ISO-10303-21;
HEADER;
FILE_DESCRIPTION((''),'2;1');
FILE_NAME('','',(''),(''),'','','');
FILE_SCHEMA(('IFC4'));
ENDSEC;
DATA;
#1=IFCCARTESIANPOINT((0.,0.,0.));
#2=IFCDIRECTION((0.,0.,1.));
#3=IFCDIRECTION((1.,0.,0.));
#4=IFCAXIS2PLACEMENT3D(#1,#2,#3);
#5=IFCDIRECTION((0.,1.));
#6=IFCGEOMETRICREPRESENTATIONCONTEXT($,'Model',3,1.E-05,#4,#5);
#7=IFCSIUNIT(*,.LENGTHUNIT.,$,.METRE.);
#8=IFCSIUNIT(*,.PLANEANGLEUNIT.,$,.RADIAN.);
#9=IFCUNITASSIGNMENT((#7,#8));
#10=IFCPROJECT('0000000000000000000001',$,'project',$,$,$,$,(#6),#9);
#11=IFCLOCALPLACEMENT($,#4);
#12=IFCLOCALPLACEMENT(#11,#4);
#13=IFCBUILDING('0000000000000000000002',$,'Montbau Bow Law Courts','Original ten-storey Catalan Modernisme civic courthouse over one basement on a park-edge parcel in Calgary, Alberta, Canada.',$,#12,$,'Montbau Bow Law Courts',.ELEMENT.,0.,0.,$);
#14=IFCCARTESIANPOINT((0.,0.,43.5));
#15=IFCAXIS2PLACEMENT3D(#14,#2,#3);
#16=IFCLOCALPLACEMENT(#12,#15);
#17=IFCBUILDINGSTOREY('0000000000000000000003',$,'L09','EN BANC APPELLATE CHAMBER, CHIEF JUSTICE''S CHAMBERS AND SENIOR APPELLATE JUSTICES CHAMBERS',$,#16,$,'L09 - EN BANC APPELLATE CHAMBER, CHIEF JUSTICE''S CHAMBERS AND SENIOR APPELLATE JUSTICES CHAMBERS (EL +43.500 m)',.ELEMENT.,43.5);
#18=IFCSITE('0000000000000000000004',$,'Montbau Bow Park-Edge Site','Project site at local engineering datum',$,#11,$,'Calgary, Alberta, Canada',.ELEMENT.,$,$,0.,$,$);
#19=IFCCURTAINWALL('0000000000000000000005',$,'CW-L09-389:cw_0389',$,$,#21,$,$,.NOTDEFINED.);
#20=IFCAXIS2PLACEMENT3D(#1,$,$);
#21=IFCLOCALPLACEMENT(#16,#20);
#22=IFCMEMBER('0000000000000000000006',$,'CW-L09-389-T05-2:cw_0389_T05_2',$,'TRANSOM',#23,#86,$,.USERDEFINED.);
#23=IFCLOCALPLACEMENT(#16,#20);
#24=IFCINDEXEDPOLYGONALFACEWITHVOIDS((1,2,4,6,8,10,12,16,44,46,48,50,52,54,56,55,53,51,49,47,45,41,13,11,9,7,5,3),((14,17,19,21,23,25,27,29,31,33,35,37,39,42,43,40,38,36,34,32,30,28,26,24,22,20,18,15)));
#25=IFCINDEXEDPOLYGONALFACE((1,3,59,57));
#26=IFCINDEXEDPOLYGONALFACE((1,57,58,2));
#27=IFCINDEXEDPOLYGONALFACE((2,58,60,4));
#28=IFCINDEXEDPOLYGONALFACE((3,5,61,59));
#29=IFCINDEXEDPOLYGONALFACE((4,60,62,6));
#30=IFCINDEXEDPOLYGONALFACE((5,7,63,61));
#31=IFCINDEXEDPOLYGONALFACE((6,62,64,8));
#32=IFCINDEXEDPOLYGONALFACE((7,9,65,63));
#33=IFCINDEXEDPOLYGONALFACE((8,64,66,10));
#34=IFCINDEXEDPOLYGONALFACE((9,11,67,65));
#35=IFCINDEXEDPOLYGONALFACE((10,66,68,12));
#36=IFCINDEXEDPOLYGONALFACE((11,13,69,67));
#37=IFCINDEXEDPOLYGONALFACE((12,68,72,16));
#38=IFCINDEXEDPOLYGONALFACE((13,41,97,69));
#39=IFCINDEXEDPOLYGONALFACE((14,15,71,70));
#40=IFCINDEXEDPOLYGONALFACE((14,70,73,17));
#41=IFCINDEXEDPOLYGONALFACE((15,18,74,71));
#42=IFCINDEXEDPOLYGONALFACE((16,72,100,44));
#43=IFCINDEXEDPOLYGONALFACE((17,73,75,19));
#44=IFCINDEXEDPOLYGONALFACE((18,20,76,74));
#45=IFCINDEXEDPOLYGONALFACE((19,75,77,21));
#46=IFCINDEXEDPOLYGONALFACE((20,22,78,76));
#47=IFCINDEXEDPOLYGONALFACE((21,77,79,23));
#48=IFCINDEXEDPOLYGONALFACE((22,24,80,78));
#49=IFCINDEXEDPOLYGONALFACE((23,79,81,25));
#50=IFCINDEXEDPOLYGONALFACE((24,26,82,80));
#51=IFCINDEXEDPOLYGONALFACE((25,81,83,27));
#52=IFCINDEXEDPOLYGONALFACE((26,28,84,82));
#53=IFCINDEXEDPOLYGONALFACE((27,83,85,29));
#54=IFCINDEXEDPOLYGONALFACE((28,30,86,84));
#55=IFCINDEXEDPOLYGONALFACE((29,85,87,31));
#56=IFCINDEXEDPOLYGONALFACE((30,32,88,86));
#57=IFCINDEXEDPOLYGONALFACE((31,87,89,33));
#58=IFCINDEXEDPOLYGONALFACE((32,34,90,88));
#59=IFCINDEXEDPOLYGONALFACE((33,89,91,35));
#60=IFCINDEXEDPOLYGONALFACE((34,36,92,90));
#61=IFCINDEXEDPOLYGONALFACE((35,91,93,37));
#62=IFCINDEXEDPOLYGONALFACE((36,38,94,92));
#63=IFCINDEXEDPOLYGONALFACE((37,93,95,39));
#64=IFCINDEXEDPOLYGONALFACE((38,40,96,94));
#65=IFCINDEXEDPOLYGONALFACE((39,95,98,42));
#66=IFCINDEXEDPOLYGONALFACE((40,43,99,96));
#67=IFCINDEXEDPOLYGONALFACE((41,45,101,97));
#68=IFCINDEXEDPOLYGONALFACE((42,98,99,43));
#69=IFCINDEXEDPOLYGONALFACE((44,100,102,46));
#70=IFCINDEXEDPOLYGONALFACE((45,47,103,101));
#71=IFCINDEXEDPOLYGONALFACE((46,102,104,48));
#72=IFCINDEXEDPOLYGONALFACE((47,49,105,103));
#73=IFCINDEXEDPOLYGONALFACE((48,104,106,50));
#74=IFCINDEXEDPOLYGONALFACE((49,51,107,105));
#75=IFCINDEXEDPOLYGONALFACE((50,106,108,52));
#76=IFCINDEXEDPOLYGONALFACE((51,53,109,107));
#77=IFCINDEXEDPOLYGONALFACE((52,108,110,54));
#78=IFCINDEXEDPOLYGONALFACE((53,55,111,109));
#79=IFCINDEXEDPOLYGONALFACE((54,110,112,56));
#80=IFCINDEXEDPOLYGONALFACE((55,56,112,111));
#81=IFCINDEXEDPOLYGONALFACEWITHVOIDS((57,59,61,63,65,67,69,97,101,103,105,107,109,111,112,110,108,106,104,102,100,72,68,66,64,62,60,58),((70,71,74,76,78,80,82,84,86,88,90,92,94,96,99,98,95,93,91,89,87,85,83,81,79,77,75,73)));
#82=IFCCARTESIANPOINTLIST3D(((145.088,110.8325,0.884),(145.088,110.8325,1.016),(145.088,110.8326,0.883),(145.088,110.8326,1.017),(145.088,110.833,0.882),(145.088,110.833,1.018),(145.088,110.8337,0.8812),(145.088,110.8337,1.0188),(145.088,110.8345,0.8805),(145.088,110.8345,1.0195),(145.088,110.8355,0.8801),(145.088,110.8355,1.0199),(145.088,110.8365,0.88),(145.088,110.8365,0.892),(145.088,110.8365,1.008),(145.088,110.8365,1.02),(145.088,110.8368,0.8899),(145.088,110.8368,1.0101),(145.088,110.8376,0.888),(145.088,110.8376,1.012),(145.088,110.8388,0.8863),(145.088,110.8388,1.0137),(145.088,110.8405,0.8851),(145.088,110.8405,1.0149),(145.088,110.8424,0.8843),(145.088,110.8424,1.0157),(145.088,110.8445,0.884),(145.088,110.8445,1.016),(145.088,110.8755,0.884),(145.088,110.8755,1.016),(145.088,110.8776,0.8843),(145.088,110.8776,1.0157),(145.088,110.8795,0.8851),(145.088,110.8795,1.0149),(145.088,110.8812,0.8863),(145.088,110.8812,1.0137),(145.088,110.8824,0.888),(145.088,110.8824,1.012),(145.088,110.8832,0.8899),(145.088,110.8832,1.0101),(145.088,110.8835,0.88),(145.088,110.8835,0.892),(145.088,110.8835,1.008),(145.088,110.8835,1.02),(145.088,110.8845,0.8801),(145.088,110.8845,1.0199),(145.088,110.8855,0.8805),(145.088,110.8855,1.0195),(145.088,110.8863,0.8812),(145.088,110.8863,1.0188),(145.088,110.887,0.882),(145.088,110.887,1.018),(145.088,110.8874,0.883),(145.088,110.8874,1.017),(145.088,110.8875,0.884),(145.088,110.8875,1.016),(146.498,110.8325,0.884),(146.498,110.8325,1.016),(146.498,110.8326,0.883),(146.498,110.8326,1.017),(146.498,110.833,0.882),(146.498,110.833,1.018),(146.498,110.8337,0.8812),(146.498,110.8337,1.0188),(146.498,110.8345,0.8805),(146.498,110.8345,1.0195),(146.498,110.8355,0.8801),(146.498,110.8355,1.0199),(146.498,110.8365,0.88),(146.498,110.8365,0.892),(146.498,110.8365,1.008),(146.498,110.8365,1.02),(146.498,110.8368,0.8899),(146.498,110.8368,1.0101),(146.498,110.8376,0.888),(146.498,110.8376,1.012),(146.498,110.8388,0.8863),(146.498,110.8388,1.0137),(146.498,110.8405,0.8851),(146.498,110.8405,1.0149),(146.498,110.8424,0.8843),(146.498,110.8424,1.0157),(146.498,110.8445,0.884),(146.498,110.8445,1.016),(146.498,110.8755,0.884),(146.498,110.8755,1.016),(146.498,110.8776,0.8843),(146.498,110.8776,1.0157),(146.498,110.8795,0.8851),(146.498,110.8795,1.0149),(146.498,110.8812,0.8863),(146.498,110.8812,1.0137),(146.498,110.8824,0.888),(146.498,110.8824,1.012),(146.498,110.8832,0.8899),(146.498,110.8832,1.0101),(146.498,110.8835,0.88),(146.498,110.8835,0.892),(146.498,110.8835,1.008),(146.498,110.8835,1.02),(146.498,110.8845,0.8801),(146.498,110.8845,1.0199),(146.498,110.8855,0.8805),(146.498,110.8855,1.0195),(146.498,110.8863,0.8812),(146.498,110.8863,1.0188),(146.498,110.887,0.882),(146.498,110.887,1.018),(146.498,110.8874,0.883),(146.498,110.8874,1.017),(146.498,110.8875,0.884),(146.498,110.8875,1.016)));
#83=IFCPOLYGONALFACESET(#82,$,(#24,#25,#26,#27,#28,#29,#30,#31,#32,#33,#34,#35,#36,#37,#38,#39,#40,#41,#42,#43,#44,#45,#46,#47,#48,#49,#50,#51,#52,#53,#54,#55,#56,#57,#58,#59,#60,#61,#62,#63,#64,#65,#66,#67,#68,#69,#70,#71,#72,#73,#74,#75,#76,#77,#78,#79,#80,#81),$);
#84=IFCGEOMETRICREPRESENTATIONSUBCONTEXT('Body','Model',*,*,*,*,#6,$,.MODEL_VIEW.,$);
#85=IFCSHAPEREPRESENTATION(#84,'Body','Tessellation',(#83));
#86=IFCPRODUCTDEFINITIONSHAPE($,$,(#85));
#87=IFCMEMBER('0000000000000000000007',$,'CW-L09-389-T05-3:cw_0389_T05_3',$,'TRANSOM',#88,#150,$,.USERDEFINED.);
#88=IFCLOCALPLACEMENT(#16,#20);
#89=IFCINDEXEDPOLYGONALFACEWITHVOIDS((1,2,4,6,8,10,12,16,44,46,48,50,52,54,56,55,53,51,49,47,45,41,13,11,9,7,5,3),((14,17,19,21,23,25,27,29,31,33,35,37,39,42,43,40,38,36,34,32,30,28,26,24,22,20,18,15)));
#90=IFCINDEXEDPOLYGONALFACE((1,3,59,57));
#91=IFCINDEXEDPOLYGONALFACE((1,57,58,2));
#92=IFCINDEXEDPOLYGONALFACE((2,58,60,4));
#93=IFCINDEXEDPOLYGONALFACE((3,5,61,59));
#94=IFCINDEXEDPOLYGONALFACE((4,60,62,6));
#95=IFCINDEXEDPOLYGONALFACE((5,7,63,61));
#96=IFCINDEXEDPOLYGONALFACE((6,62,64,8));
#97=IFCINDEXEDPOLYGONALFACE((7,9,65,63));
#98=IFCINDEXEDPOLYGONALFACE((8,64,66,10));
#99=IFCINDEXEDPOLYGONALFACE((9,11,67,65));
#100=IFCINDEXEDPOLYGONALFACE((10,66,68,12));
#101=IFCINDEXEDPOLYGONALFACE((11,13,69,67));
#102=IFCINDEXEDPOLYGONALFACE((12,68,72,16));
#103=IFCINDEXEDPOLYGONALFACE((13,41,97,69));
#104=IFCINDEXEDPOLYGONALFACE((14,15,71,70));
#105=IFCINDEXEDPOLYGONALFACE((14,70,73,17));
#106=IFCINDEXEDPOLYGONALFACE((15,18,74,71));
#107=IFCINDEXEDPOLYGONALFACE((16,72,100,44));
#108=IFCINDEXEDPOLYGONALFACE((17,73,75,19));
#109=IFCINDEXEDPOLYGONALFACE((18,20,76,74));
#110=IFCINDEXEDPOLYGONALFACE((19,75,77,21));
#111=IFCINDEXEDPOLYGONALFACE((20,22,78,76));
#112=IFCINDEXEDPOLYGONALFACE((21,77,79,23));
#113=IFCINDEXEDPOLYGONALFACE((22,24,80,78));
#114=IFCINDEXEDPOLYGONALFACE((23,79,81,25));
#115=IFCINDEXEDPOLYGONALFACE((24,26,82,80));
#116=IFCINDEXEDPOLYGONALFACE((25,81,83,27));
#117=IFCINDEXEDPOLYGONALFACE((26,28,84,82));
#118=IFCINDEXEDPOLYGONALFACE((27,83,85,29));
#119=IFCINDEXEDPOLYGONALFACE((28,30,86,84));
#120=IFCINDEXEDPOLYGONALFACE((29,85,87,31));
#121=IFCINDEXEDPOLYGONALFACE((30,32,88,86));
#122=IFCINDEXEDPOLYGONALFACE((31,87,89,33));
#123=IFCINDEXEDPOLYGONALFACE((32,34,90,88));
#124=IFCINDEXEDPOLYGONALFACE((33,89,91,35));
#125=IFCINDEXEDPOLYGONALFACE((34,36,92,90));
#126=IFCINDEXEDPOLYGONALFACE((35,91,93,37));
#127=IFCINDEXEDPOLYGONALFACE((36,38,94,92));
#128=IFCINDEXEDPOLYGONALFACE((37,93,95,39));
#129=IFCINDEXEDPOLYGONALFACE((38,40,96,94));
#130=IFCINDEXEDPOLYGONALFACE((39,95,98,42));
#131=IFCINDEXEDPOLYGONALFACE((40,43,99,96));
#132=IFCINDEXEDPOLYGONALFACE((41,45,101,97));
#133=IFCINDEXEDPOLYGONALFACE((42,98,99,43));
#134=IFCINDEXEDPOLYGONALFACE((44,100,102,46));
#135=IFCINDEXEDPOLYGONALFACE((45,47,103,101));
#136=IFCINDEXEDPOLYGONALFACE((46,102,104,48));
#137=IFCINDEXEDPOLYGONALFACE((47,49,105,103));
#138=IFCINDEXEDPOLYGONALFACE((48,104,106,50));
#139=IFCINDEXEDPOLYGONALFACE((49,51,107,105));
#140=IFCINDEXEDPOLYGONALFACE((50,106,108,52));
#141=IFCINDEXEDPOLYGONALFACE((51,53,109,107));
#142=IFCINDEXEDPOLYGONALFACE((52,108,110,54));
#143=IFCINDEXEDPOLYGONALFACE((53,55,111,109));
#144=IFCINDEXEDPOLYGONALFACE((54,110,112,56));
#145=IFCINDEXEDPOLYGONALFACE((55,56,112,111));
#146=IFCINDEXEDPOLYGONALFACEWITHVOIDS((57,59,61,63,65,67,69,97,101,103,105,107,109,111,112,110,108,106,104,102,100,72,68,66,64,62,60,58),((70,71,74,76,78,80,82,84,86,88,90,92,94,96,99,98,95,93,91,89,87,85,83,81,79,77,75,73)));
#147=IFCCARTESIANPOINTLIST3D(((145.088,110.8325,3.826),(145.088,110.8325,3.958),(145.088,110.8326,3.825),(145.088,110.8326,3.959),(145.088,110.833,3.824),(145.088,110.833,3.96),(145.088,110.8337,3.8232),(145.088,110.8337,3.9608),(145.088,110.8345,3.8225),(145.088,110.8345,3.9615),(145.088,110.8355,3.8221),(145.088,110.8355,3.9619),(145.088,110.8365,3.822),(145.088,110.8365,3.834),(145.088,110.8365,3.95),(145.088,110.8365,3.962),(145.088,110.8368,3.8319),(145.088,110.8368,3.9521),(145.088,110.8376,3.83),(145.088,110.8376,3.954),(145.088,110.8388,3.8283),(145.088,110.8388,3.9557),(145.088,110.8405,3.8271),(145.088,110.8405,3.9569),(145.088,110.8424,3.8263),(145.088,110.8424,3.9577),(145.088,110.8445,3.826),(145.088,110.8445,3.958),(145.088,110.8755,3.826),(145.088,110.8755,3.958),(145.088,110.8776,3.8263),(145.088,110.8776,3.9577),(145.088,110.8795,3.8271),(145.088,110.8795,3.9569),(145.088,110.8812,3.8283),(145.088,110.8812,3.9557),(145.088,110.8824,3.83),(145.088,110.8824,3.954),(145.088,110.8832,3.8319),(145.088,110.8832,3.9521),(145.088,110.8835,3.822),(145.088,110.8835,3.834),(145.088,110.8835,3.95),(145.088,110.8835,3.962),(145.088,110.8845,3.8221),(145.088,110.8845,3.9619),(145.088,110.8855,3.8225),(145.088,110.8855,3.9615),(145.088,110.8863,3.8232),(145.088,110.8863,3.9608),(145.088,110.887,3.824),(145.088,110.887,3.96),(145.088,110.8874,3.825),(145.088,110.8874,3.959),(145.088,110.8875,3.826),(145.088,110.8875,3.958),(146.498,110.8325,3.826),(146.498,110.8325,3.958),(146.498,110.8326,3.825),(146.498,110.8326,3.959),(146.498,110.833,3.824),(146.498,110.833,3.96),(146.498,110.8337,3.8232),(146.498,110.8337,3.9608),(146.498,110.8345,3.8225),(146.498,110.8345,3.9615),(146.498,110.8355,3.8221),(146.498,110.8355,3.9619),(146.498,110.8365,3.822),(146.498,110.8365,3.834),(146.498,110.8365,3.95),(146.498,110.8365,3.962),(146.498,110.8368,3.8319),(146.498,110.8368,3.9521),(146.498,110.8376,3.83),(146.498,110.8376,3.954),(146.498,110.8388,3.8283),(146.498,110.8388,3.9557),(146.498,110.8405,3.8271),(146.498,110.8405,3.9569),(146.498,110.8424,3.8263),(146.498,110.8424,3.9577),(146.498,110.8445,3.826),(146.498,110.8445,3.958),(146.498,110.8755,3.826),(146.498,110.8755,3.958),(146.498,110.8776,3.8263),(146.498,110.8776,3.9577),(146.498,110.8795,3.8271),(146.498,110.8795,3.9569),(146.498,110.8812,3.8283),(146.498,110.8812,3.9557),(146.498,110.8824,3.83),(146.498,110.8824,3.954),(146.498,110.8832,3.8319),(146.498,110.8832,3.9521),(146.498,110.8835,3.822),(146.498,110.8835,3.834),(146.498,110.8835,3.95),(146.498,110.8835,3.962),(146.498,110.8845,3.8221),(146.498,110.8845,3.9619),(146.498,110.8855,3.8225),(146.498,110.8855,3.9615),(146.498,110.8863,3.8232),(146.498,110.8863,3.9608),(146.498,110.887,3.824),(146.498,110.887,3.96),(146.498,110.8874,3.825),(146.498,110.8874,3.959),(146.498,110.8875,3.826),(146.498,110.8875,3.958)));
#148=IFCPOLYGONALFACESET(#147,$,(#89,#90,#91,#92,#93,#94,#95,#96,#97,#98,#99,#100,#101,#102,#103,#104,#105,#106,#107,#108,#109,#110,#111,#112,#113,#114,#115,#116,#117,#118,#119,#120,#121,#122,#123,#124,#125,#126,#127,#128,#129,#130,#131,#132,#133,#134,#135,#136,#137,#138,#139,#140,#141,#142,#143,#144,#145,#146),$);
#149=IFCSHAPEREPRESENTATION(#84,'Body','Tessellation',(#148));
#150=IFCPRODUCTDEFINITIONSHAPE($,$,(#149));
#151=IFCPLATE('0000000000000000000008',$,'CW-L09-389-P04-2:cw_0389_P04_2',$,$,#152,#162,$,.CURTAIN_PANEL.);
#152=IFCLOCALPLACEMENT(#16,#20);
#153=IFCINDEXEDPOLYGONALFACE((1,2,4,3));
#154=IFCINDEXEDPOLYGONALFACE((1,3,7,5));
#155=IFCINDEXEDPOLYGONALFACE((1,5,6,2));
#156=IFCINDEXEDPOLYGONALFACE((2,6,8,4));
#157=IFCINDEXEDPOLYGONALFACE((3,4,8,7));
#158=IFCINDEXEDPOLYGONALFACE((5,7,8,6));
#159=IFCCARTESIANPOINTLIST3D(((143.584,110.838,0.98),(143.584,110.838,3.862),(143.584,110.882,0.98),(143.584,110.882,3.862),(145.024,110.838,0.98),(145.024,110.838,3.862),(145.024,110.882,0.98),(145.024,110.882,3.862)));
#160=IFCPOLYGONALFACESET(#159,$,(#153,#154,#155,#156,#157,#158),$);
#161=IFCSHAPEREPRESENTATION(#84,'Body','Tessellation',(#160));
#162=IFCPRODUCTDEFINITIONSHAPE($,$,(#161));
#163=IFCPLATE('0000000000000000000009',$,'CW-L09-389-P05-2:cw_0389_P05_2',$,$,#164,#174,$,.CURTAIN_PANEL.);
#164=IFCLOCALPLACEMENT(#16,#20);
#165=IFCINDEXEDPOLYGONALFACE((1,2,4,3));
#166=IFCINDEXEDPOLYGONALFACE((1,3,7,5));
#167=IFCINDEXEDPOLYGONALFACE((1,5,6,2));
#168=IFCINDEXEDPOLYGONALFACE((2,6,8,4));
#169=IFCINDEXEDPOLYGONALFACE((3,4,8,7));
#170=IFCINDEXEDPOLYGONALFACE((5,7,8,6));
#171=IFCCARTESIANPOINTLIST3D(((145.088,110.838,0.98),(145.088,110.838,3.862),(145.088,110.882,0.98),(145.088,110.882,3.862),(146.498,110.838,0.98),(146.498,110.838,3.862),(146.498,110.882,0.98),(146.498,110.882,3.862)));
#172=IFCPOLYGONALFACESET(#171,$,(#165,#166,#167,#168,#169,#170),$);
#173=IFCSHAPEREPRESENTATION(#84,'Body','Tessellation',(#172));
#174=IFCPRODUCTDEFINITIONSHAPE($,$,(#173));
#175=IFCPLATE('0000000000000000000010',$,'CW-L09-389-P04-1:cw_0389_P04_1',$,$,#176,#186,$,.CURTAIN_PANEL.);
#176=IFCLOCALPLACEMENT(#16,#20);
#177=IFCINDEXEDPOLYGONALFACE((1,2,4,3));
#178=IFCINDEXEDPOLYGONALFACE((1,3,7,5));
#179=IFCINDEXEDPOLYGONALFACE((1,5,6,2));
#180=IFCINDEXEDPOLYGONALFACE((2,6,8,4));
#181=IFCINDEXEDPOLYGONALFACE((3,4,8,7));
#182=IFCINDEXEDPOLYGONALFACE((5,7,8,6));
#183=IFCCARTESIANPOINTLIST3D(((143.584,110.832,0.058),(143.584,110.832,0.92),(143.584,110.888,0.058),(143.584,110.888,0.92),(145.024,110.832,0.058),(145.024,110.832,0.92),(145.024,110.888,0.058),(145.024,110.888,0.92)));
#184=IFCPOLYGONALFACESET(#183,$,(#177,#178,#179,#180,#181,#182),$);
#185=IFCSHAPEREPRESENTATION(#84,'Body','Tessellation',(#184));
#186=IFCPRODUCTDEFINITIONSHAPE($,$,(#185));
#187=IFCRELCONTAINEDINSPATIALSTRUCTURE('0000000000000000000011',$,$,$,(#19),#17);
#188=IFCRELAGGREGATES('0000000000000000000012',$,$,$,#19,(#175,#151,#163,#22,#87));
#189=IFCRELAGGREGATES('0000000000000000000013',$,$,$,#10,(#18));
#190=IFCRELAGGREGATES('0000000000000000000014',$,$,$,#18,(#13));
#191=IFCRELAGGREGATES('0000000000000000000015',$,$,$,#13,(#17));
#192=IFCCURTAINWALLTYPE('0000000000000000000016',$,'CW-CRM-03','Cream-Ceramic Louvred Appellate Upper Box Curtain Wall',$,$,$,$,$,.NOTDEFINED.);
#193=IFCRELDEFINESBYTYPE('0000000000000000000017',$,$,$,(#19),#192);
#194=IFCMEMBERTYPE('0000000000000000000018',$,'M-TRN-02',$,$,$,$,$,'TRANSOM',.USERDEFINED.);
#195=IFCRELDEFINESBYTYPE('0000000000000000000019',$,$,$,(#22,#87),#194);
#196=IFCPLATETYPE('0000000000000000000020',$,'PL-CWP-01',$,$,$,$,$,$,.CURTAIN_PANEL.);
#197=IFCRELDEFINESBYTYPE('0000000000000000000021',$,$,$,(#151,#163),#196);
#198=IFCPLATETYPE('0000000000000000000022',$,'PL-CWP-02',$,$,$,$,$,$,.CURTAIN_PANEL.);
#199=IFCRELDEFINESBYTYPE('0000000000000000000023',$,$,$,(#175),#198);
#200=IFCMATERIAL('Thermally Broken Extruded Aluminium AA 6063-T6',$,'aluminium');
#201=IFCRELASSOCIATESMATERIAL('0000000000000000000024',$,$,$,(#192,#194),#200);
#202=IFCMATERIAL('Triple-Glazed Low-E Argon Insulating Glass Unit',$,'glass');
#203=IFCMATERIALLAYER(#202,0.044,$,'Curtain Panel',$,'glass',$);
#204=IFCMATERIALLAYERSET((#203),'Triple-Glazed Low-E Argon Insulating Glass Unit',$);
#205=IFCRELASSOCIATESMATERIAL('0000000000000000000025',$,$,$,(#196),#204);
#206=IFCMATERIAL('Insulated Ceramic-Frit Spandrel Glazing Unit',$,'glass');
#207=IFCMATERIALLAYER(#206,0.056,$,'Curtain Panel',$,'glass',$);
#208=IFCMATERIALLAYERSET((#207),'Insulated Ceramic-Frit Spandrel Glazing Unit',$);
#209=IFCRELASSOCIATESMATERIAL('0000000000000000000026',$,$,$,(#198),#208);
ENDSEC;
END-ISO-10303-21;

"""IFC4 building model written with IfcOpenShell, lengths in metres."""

from ifc_helpers import new_model, si_unit, direction, frame, frame_2d, origin_with_axes, origin_2d_with_axis, place, context, subcontext, project, spatial, rectangle, hollow_rectangle, extrude, material, layer, layer_set, material_profile, profile_set, type_object, element, aggregate, save


model = new_model("IFC4")

# Units and contexts
model_context = context("Model", 3, precision=1e-05, world=origin_with_axes(), true_north=direction((0.0, 1.0)))
body_context = subcontext(model_context, "Body", "Model", "MODEL_VIEW")
ifc_project = project(units=[si_unit("LENGTHUNIT", "METRE"), si_unit("PLANEANGLEUNIT", "RADIAN")], contexts=[model_context])

# Site, building, storey
site_placement = place(None, origin_with_axes())
site = spatial("IfcSite", under=ifc_project, at=site_placement, Name="Montbau Bow Park-Edge Site", Description="Project site at local engineering datum", LongName="Calgary, Alberta, Canada", CompositionType="ELEMENT", RefElevation=0.0)
building_placement = place(site_placement, origin_with_axes())
building = spatial("IfcBuilding", under=site, at=building_placement, Name="Montbau Bow Law Courts", Description="Original ten-storey Catalan Modernisme civic courthouse over one basement on a park-edge parcel in Calgary, Alberta, Canada.", LongName="Montbau Bow Law Courts", CompositionType="ELEMENT", ElevationOfRefHeight=0.0, ElevationOfTerrain=0.0)
storey_placement = place(building_placement, frame((0.0, 0.0, 43.5), z_axis=(0.0, 0.0, 1.0), x_axis=(1.0, 0.0, 0.0)))
storey = spatial("IfcBuildingStorey", under=building, at=storey_placement, Name="L09", Description="EN BANC APPELLATE CHAMBER, CHIEF JUSTICE'S CHAMBERS AND SENIOR APPELLATE JUSTICES CHAMBERS", LongName="L09 - EN BANC APPELLATE CHAMBER, CHIEF JUSTICE'S CHAMBERS AND SENIOR APPELLATE JUSTICES CHAMBERS (EL +43.500 m)", CompositionType="ELEMENT", Elevation=43.5)

# Curtain wall, members, plates
ifc_material_1 = material(Name="Thermally Broken Extruded Aluminium AA 6063-T6", Category="aluminium")
curtain_wall_type = type_object("IfcCurtainWallType", Name="CW-CRM-03", Description="Cream-Ceramic Louvred Appellate Upper Box Curtain Wall", PredefinedType="NOTDEFINED", material=ifc_material_1)
curtain_wall_placement = place(None, frame((139.04, 110.86, 43.5), z_axis=(0.0, 0.0, 1.0), x_axis=(1.0, 0.0, 0.0)))
curtain_wall = element("IfcCurtainWall", 1, at=curtain_wall_placement, inside=storey, type_object=curtain_wall_type, Name="CW-L09-389:cw_0389", PredefinedType="NOTDEFINED")
ifc_material_profile_1 = material_profile(ifc_material_1, hollow_rectangle(XDim=0.055, YDim=0.14, WallThickness=0.004, InnerFilletRadius=0.008, OuterFilletRadius=0.004, at=origin_2d_with_axis()), Name="CWT-140X55", Category="Main", Priority=0)
ifc_profile_set_1 = profile_set([ifc_material_profile_1], Name="Thermally Broken Extruded Aluminium AA 6063-T6")
member_type_1 = type_object("IfcMemberType", Name="M-TRN-02", ElementType="TRANSOM", PredefinedType="USERDEFINED", material=ifc_profile_set_1)
member_1_placement = place(None, frame((145.088, 110.86, 44.45), z_axis=(1.0, 0.0, 0.0), x_axis=(0.0, 1.0, 0.0)))
member_1 = element("IfcMember", 2, at=member_1_placement, type_object=member_type_1, Name="CW-L09-389-T05-2:cw_0389_T05_2", ObjectType="TRANSOM", PredefinedType="USERDEFINED", context=body_context, shape_type="SweptSolid", body=[
    extrude(hollow_rectangle(XDim=0.055, YDim=0.14, WallThickness=0.004, InnerFilletRadius=0.008, OuterFilletRadius=0.004, at=origin_2d_with_axis()), origin_with_axes(), (0.0, 0.0, 1.0), 1.41),
])
member_2_placement = place(None, frame((145.088, 110.86, 47.392), z_axis=(1.0, 0.0, 0.0), x_axis=(0.0, 1.0, 0.0)))
member_2 = element("IfcMember", 3, at=member_2_placement, type_object=member_type_1, Name="CW-L09-389-T05-3:cw_0389_T05_3", ObjectType="TRANSOM", PredefinedType="USERDEFINED", context=body_context, shape_type="SweptSolid", body=[
    extrude(hollow_rectangle(XDim=0.055, YDim=0.14, WallThickness=0.004, InnerFilletRadius=0.008, OuterFilletRadius=0.004, at=origin_2d_with_axis()), origin_with_axes(), (0.0, 0.0, 1.0), 1.41),
])
ifc_material_2 = material(Name="Triple-Glazed Low-E Argon Insulating Glass Unit", Category="glass")
ifc_layer_1 = layer(ifc_material_2, 0.044, Name="Curtain Panel", Category="glass")
ifc_layer_set_1 = layer_set([ifc_layer_1], Name="Triple-Glazed Low-E Argon Insulating Glass Unit")
plate_type_1 = type_object("IfcPlateType", Name="PL-CWP-01", PredefinedType="CURTAIN_PANEL", material=ifc_layer_set_1)
plate_1_placement = place(None, frame((143.584, 110.86, 44.48), z_axis=(0.0, -1.0, 0.0), x_axis=(1.0, 0.0, 0.0)))
plate_1 = element("IfcPlate", 4, at=plate_1_placement, type_object=plate_type_1, Name="CW-L09-389-P04-2:cw_0389_P04_2", PredefinedType="CURTAIN_PANEL", context=body_context, shape_type="SweptSolid", body=[
    extrude(rectangle(XDim=1.44, YDim=2.882, at=frame_2d((0.72, 1.441), x_axis=(1.0, 0.0))), frame((0.0, 0.0, -0.022), z_axis=(0.0, 0.0, 1.0), x_axis=(1.0, 0.0, 0.0)), (0.0, 0.0, 1.0), 0.044),
])
plate_2_placement = place(None, frame((145.088, 110.86, 44.48), z_axis=(0.0, -1.0, 0.0), x_axis=(1.0, 0.0, 0.0)))
plate_2 = element("IfcPlate", 5, at=plate_2_placement, type_object=plate_type_1, Name="CW-L09-389-P05-2:cw_0389_P05_2", PredefinedType="CURTAIN_PANEL", context=body_context, shape_type="SweptSolid", body=[
    extrude(rectangle(XDim=1.41, YDim=2.882, at=frame_2d((0.705, 1.441), x_axis=(1.0, 0.0))), frame((0.0, 0.0, -0.022), z_axis=(0.0, 0.0, 1.0), x_axis=(1.0, 0.0, 0.0)), (0.0, 0.0, 1.0), 0.044),
])
ifc_material_3 = material(Name="Insulated Ceramic-Frit Spandrel Glazing Unit", Category="glass")
ifc_layer_2 = layer(ifc_material_3, 0.056, Name="Curtain Panel", Category="glass")
ifc_layer_set_2 = layer_set([ifc_layer_2], Name="Insulated Ceramic-Frit Spandrel Glazing Unit")
plate_type_2 = type_object("IfcPlateType", Name="PL-CWP-02", PredefinedType="CURTAIN_PANEL", material=ifc_layer_set_2)
plate_3_placement = place(None, frame((143.584, 110.86, 43.558), z_axis=(0.0, -1.0, 0.0), x_axis=(1.0, 0.0, 0.0)))
plate_3 = element("IfcPlate", 6, at=plate_3_placement, type_object=plate_type_2, Name="CW-L09-389-P04-1:cw_0389_P04_1", PredefinedType="CURTAIN_PANEL", context=body_context, shape_type="SweptSolid", body=[
    extrude(rectangle(XDim=1.44, YDim=0.862, at=frame_2d((0.72, 0.431), x_axis=(1.0, 0.0))), frame((0.0, 0.0, -0.028), z_axis=(0.0, 0.0, 1.0), x_axis=(1.0, 0.0, 0.0)), (0.0, 0.0, 1.0), 0.056),
])
aggregate(curtain_wall, [plate_3, plate_1, plate_2, member_1, member_2])

save(model, "model.ifc")
